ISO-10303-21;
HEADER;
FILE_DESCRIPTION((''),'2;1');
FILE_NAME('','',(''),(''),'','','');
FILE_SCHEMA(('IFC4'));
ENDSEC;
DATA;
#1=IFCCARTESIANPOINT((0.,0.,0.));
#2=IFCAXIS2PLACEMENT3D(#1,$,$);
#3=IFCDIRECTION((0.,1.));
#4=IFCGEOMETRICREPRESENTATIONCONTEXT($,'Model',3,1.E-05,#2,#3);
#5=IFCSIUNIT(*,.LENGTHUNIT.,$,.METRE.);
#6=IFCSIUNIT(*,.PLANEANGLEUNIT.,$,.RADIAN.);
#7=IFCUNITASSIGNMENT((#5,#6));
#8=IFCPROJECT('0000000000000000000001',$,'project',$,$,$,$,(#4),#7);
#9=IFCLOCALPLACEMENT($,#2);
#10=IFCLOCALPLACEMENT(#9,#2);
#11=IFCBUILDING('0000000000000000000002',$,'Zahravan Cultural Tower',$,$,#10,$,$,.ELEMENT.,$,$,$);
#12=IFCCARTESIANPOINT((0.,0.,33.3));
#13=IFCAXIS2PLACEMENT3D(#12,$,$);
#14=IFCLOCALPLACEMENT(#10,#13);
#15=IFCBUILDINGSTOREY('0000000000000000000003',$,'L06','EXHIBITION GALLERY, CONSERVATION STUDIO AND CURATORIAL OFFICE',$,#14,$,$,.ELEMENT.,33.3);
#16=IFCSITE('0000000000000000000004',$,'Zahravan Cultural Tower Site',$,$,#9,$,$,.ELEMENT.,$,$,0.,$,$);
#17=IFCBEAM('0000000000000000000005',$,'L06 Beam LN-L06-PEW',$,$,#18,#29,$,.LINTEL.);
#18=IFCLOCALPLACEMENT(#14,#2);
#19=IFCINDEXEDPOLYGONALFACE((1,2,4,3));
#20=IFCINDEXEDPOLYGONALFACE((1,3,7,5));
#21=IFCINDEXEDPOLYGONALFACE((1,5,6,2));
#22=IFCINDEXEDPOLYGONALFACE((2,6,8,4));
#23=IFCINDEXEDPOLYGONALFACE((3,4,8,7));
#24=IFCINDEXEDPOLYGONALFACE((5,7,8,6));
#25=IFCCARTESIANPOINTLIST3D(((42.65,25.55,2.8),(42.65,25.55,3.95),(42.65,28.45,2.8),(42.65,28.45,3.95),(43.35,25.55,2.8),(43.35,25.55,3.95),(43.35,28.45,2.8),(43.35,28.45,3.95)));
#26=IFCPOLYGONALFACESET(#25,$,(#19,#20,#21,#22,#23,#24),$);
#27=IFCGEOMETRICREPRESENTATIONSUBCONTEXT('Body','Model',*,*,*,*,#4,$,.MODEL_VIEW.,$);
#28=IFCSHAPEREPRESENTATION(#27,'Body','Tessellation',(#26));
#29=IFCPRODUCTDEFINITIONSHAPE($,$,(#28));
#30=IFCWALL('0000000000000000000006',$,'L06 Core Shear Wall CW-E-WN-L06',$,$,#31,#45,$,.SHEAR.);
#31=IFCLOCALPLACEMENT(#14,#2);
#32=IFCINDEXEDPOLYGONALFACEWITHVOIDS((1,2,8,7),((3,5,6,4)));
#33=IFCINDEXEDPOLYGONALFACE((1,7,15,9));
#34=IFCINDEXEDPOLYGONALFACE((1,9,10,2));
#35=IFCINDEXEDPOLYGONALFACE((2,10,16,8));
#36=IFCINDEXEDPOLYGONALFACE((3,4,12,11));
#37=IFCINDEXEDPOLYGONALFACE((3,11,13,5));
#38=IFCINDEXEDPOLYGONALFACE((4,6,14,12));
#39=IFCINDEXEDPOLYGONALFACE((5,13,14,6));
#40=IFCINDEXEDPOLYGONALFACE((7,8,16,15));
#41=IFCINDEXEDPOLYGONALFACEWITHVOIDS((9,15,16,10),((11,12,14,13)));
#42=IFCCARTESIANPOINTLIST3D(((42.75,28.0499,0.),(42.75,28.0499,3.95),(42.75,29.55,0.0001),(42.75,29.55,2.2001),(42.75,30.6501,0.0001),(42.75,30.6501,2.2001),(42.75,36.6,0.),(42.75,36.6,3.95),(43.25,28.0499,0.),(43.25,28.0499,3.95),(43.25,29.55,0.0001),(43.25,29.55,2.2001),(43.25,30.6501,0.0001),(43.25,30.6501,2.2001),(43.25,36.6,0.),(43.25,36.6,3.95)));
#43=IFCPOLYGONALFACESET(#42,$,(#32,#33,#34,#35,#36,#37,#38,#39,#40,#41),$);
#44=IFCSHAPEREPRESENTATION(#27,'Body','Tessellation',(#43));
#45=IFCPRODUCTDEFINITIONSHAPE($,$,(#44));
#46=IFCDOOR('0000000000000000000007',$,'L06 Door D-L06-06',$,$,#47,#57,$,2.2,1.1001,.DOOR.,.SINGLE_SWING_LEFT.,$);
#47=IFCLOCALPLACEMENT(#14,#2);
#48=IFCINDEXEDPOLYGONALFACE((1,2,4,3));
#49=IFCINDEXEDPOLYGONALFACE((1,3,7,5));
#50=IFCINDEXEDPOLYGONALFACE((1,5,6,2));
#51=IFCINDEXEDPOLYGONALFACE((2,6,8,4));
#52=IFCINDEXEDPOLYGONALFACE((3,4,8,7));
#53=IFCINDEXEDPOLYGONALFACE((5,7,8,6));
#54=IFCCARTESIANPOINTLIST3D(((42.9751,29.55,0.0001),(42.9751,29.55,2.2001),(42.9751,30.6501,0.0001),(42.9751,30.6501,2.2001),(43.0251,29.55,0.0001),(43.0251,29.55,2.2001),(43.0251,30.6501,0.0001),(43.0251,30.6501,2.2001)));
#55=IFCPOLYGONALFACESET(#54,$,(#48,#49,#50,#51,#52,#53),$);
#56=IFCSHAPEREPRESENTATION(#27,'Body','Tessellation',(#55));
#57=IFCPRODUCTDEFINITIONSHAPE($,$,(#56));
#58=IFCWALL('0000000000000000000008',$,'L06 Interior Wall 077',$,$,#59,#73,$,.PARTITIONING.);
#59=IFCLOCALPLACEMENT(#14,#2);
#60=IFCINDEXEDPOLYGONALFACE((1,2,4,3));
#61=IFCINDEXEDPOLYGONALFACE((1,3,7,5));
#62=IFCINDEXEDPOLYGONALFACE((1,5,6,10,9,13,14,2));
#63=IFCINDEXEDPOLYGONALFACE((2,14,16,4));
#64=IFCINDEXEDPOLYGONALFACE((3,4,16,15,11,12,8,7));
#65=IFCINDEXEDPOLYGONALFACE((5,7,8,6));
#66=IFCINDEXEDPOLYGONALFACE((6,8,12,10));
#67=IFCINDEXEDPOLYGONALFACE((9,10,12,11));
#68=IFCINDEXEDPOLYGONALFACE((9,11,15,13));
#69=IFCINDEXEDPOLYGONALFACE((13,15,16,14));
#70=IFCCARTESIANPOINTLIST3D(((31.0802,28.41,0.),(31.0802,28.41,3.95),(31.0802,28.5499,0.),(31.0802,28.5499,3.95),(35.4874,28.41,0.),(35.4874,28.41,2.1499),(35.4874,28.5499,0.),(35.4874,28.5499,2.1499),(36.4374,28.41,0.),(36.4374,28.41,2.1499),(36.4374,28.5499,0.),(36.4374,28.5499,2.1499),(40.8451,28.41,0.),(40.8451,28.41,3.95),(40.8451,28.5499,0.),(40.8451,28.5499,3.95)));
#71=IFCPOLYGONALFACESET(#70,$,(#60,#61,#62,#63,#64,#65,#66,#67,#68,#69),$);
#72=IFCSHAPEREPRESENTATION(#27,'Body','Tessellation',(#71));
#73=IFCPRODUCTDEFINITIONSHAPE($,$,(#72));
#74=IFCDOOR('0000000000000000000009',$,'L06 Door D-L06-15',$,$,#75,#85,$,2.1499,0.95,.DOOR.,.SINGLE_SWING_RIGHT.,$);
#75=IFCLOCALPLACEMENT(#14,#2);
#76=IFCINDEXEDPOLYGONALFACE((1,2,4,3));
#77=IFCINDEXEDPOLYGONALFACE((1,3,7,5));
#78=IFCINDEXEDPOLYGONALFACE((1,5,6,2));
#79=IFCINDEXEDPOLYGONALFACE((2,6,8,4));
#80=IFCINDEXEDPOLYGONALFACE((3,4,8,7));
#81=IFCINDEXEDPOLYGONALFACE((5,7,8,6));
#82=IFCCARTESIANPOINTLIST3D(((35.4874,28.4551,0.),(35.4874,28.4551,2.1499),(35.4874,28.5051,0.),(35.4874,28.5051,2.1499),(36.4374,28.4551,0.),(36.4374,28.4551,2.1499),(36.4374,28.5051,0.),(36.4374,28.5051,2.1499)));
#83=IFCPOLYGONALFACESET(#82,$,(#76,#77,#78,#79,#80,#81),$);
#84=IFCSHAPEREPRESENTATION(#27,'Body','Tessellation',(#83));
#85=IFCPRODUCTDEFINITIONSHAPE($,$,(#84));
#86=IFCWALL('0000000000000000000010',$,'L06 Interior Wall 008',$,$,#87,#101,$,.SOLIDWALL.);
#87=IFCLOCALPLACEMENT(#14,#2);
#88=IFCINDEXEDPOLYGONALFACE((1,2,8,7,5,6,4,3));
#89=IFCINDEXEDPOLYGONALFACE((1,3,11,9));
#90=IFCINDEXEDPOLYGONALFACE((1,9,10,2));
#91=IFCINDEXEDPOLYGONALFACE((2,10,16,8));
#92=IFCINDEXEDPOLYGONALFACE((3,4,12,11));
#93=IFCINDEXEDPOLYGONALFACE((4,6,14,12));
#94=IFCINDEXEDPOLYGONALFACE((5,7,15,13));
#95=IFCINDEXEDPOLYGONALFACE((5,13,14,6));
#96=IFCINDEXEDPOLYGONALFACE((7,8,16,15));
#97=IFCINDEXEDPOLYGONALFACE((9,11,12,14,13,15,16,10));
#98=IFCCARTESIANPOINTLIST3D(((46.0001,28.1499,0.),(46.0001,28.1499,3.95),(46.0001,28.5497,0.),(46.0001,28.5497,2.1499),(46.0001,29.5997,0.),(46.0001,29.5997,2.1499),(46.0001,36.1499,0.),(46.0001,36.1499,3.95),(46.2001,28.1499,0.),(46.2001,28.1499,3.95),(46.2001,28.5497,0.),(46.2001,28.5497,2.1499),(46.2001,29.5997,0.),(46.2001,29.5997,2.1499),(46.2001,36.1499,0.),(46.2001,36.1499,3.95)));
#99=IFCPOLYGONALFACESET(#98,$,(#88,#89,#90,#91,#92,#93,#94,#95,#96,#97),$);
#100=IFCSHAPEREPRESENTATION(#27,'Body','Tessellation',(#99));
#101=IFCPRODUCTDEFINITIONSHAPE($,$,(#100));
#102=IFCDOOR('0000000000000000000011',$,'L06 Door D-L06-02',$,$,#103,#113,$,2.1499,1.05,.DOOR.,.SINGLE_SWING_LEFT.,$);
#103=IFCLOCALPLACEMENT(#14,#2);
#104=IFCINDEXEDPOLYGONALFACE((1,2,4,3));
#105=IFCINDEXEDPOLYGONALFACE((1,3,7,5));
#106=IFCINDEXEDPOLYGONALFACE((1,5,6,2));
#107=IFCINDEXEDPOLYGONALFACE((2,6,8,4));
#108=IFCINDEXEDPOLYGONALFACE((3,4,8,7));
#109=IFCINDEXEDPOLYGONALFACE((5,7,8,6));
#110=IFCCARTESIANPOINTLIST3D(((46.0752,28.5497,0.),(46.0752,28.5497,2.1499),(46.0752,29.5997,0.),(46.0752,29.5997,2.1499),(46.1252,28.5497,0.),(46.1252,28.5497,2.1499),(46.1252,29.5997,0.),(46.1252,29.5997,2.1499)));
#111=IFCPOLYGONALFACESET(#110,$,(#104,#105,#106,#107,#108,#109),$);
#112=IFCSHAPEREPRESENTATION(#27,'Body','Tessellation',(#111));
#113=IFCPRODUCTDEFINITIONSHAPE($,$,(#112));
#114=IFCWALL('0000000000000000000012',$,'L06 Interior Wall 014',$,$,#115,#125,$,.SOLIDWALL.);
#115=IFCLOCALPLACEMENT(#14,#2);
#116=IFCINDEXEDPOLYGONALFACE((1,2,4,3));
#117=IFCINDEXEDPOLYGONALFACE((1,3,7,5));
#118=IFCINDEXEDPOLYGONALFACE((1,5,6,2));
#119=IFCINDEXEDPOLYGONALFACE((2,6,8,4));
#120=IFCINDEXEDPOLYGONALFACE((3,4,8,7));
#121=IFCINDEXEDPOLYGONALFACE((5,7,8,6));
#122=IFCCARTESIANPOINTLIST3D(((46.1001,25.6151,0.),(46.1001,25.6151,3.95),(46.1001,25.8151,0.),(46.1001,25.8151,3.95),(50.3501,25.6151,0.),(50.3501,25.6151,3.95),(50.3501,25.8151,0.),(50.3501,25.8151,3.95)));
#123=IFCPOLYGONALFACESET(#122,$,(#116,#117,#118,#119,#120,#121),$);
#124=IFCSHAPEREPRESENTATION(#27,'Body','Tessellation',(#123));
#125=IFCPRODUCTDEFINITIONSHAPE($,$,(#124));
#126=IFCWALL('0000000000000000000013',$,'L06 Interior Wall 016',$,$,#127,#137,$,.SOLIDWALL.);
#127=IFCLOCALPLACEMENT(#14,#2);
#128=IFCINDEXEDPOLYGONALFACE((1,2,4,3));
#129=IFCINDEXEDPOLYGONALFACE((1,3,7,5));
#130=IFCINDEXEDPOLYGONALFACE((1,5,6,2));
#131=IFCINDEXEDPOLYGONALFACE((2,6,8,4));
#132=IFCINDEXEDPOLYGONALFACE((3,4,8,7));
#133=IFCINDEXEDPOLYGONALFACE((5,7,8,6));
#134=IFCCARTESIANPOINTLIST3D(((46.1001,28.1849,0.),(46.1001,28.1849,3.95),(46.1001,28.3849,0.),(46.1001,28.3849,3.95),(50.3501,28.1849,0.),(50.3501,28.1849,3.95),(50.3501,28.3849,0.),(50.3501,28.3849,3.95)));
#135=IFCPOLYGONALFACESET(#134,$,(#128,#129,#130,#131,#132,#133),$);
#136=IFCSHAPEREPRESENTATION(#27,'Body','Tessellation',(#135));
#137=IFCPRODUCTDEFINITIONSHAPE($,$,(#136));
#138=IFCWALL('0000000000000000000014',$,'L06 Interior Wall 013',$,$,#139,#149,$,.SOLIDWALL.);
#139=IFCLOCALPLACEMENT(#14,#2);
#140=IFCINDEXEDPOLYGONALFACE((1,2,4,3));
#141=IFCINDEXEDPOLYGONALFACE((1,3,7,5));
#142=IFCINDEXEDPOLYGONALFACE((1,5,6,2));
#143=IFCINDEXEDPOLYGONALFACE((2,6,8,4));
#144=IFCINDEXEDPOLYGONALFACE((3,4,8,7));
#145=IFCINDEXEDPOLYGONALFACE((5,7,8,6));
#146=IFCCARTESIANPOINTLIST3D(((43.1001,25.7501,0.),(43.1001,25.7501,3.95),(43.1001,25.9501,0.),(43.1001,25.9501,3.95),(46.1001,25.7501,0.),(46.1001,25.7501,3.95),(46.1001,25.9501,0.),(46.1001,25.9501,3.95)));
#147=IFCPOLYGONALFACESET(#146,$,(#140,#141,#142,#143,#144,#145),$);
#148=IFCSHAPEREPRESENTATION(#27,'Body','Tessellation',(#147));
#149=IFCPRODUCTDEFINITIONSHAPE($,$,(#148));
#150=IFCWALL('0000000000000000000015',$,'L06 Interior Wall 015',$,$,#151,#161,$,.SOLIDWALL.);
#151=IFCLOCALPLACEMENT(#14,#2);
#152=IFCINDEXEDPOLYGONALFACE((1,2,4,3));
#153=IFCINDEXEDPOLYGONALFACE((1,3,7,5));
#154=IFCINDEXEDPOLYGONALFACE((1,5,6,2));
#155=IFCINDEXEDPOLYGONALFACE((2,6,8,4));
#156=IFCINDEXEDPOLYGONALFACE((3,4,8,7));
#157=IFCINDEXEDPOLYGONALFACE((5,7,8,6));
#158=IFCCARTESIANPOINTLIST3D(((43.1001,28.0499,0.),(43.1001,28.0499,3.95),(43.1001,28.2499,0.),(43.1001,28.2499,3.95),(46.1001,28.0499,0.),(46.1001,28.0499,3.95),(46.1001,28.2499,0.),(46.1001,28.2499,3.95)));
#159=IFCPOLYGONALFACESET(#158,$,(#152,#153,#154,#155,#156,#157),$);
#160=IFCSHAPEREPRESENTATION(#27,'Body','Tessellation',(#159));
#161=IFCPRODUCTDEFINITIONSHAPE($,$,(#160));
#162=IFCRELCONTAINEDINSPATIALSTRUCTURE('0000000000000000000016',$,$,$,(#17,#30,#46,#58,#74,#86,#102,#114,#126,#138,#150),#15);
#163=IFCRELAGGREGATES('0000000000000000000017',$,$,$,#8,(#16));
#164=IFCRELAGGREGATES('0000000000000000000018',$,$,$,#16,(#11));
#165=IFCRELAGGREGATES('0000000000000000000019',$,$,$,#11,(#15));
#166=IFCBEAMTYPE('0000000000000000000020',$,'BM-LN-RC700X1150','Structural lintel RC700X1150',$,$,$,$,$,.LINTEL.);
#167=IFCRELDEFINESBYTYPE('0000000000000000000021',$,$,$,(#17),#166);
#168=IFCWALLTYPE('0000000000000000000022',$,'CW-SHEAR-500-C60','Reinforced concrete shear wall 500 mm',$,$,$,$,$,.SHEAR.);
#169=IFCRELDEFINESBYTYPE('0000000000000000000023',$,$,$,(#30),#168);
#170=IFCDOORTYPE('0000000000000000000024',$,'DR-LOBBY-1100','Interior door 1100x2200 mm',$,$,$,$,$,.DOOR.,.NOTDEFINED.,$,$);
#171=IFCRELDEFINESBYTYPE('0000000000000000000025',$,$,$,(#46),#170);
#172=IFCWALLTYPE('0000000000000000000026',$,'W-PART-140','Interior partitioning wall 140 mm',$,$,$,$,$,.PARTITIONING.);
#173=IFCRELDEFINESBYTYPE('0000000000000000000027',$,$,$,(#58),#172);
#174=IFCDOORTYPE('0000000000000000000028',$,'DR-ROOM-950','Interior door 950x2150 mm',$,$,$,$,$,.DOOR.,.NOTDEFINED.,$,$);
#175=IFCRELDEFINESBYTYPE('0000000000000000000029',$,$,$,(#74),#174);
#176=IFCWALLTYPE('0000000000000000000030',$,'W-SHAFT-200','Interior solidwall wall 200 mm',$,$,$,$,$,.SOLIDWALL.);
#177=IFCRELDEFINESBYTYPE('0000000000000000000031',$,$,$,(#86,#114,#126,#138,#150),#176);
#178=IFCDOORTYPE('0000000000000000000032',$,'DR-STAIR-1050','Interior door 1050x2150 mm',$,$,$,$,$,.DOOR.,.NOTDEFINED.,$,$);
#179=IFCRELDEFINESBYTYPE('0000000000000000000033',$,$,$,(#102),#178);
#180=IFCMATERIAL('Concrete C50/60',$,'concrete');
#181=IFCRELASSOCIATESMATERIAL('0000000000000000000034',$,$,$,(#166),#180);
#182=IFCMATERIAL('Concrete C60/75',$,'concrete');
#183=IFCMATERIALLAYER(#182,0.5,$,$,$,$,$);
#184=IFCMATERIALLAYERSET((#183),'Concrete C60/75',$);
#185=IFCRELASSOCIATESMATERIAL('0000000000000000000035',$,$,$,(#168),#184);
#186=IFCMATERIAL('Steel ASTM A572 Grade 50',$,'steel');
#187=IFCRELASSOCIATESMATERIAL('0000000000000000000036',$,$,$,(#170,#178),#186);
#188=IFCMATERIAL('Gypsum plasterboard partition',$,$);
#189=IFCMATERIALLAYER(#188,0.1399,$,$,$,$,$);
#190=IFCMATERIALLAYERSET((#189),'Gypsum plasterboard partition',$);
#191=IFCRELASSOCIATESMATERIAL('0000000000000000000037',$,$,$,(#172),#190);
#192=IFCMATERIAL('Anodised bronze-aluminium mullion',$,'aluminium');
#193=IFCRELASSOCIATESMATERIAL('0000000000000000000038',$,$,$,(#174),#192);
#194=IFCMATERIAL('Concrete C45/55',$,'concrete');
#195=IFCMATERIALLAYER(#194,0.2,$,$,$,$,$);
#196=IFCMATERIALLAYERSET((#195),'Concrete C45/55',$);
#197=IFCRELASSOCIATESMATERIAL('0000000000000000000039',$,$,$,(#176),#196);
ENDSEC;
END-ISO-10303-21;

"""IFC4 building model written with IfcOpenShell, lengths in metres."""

from ifc_helpers import new_model, si_unit, direction, frame, frame_2d, origin, origin_2d, place, context, subcontext, project, spatial, rectangle, extrude, source, transform, mapped, material, layer, layer_set, material_profile, profile_set, type_object, element, fill, save


model = new_model("IFC4")

# Units and contexts
model_context = context("Model", 3, precision=1e-05, world=origin(), true_north=direction((0.0, 1.0)))
body_context = subcontext(model_context, "Body", "Model", "MODEL_VIEW")
ifc_project = project(units=[si_unit("LENGTHUNIT", "METRE"), si_unit("PLANEANGLEUNIT", "RADIAN")], contexts=[model_context])

# Site, building, storey
site_placement = place(None, origin())
site = spatial("IfcSite", under=ifc_project, at=site_placement, Name="Zahravan Cultural Tower Site", CompositionType="ELEMENT", RefElevation=0.0)
building_placement = place(site_placement, origin())
building = spatial("IfcBuilding", under=site, at=building_placement, Name="Zahravan Cultural Tower", CompositionType="ELEMENT")
storey_placement = place(building_placement, frame((0.0, 0.0, 33.3)))
storey = spatial("IfcBuildingStorey", under=building, at=storey_placement, Name="L06", Description="EXHIBITION GALLERY, CONSERVATION STUDIO AND CURATORIAL OFFICE", CompositionType="ELEMENT", Elevation=33.3)

# Beam
ifc_material_1 = material(Name="Concrete C50/60", Category="concrete")
ifc_material_profile = material_profile(ifc_material_1, rectangle(XDim=0.7, YDim=1.1499, at=origin_2d()), Name="RC700X1150")
ifc_profile_set = profile_set([ifc_material_profile], Name="Concrete C50/60")
beam_type = type_object("IfcBeamType", Name="BM-LN-RC700X1150", Description="Structural lintel RC700X1150", PredefinedType="LINTEL", material=ifc_profile_set)
shared_shape_1 = source(origin(), body_context, "Body", "SweptSolid", [
    extrude(rectangle(XDim=0.7, YDim=1.1499, at=origin_2d()), origin(), (0.0, 0.0, 1.0), 2.8999),
])
beam_placement = place(storey_placement, frame((43.0, 25.55, 3.375), z_axis=(0.0, 1.0, 0.0), x_axis=(-1.0, 0.0, 0.0)))
element("IfcBeam", 1, at=beam_placement, inside=storey, type_object=beam_type, Name="L06 Beam LN-L06-PEW", PredefinedType="LINTEL", context=body_context, shape_type="MappedRepresentation", body=[
    mapped(shared_shape_1, transform((0.0, 0.0, 0.0), x_axis=(1.0, 0.0, 0.0), y_axis=(0.0, 1.0, 0.0), z_axis=(0.0, 0.0, 1.0), scale=1.0)),
])

# Walls, openings, doors
ifc_material_2 = material(Name="Concrete C60/75", Category="concrete")
ifc_layer_1 = layer(ifc_material_2, 0.5)
ifc_layer_set_1 = layer_set([ifc_layer_1], Name="Concrete C60/75")
wall_type_1 = type_object("IfcWallType", Name="CW-SHEAR-500-C60", Description="Reinforced concrete shear wall 500 mm", PredefinedType="SHEAR", material=ifc_layer_set_1)
wall_1_placement = place(storey_placement, frame((43.0, 28.05, 0.0), z_axis=(0.0, 0.0, 1.0), x_axis=(0.0, 1.0, 0.0)))
wall_1 = element("IfcWall", 2, at=wall_1_placement, inside=storey, type_object=wall_type_1, Name="L06 Core Shear Wall CW-E-WN-L06", PredefinedType="SHEAR", context=body_context, shape_type="SweptSolid", body=[
    extrude(rectangle(XDim=8.55, YDim=0.5, at=frame_2d((4.2749, 0.0))), origin(), (0.0, 0.0, 1.0), 3.95),
])
opening_1_placement = place(wall_1_placement, frame((1.5, 0.0, 0.0)))
opening_1 = element("IfcOpeningElement", 3, at=opening_1_placement, cuts=wall_1, PredefinedType="OPENING", context=body_context, shape_type="SweptSolid", body=[
    extrude(rectangle(XDim=1.1001, YDim=2.2, at=frame_2d((0.55, 1.1001))), frame((0.0, 0.26, 0.0), z_axis=(0.0, -1.0, 0.0), x_axis=(1.0, 0.0, 0.0)), (0.0, 0.0, 1.0), 0.52),
])
ifc_material_3 = material(Name="Steel ASTM A572 Grade 50", Category="steel")
door_type_1 = type_object("IfcDoorType", Name="DR-LOBBY-1100", Description="Interior door 1100x2200 mm", OperationType="NOTDEFINED", PredefinedType="DOOR", material=ifc_material_3)
shared_shape_2 = source(origin(), body_context, "Body", "SweptSolid", [
    extrude(rectangle(XDim=1.1001, YDim=2.2, at=frame_2d((0.55, 1.1001))), frame((0.0, 0.0249, 0.0), z_axis=(0.0, -1.0, 0.0), x_axis=(1.0, 0.0, 0.0)), (0.0, 0.0, 1.0), 0.05),
])
door_1_placement = place(opening_1_placement, origin())
door_1 = element("IfcDoor", 4, at=door_1_placement, inside=storey, type_object=door_type_1, Name="L06 Door D-L06-06", OperationType="SINGLE_SWING_LEFT", OverallHeight=2.2, OverallWidth=1.1001, PredefinedType="DOOR", context=body_context, shape_type="MappedRepresentation", body=[
    mapped(shared_shape_2, transform((0.0, 0.0, 0.0), x_axis=(1.0, 0.0, 0.0), y_axis=(0.0, 1.0, 0.0), z_axis=(0.0, 0.0, 1.0), scale=1.0)),
])
fill(opening_1, door_1)
ifc_material_4 = material(Name="Gypsum plasterboard partition")
ifc_layer_2 = layer(ifc_material_4, 0.1399)
ifc_layer_set_2 = layer_set([ifc_layer_2], Name="Gypsum plasterboard partition")
wall_type_2 = type_object("IfcWallType", Name="W-PART-140", Description="Interior partitioning wall 140 mm", PredefinedType="PARTITIONING", material=ifc_layer_set_2)
wall_2_placement = place(storey_placement, frame((40.845, 28.48, 0.0), z_axis=(0.0, 0.0, 1.0), x_axis=(-1.0, 0.0, 0.0)))
wall_2 = element("IfcWall", 5, at=wall_2_placement, inside=storey, type_object=wall_type_2, Name="L06 Interior Wall 077", PredefinedType="PARTITIONING", context=body_context, shape_type="SweptSolid", body=[
    extrude(rectangle(XDim=9.7649, YDim=0.1399, at=frame_2d((4.8823, 0.0))), origin(), (0.0, 0.0, 1.0), 3.95),
])
opening_2_placement = place(wall_2_placement, frame((4.4075, 0.0, 0.0)))
opening_2 = element("IfcOpeningElement", 6, at=opening_2_placement, cuts=wall_2, PredefinedType="OPENING", context=body_context, shape_type="SweptSolid", body=[
    extrude(rectangle(XDim=0.95, YDim=2.1499, at=frame_2d((0.4751, 1.075))), frame((0.0, 0.0798, 0.0), z_axis=(0.0, -1.0, 0.0), x_axis=(1.0, 0.0, 0.0)), (0.0, 0.0, 1.0), 0.1599),
])
ifc_material_5 = material(Name="Anodised bronze-aluminium mullion", Category="aluminium")
door_type_2 = type_object("IfcDoorType", Name="DR-ROOM-950", Description="Interior door 950x2150 mm", OperationType="NOTDEFINED", PredefinedType="DOOR", material=ifc_material_5)
shared_shape_3 = source(origin(), body_context, "Body", "SweptSolid", [
    extrude(rectangle(XDim=0.95, YDim=2.1499, at=frame_2d((0.4751, 1.075))), frame((0.0, 0.0249, 0.0), z_axis=(0.0, -1.0, 0.0), x_axis=(1.0, 0.0, 0.0)), (0.0, 0.0, 1.0), 0.05),
])
door_2_placement = place(opening_2_placement, origin())
door_2 = element("IfcDoor", 7, at=door_2_placement, inside=storey, type_object=door_type_2, Name="L06 Door D-L06-15", OperationType="SINGLE_SWING_RIGHT", OverallHeight=2.1499, OverallWidth=0.95, PredefinedType="DOOR", context=body_context, shape_type="MappedRepresentation", body=[
    mapped(shared_shape_3, transform((0.0, 0.0, 0.0), x_axis=(1.0, 0.0, 0.0), y_axis=(0.0, 1.0, 0.0), z_axis=(0.0, 0.0, 1.0), scale=1.0)),
])
fill(opening_2, door_2)
ifc_material_6 = material(Name="Concrete C45/55", Category="concrete")
ifc_layer_3 = layer(ifc_material_6, 0.2)
ifc_layer_set_3 = layer_set([ifc_layer_3], Name="Concrete C45/55")
wall_type_3 = type_object("IfcWallType", Name="W-SHAFT-200", Description="Interior solidwall wall 200 mm", PredefinedType="SOLIDWALL", material=ifc_layer_set_3)
wall_3_placement = place(storey_placement, frame((46.1001, 28.1499, 0.0), z_axis=(0.0, 0.0, 1.0), x_axis=(0.0, 1.0, 0.0)))
wall_3 = element("IfcWall", 8, at=wall_3_placement, inside=storey, type_object=wall_type_3, Name="L06 Interior Wall 008", PredefinedType="SOLIDWALL", context=body_context, shape_type="SweptSolid", body=[
    extrude(rectangle(XDim=8.0, YDim=0.2, at=frame_2d((4.0, 0.0))), origin(), (0.0, 0.0, 1.0), 3.95),
])
opening_3_placement = place(wall_3_placement, frame((0.3999, 0.0, 0.0)))
opening_3 = element("IfcOpeningElement", 9, at=opening_3_placement, cuts=wall_3, PredefinedType="OPENING", context=body_context, shape_type="SweptSolid", body=[
    extrude(rectangle(XDim=1.05, YDim=2.1499, at=frame_2d((0.5249, 1.075))), frame((0.0, 0.1099, 0.0), z_axis=(0.0, -1.0, 0.0), x_axis=(1.0, 0.0, 0.0)), (0.0, 0.0, 1.0), 0.22),
])
door_type_3 = type_object("IfcDoorType", Name="DR-STAIR-1050", Description="Interior door 1050x2150 mm", OperationType="NOTDEFINED", PredefinedType="DOOR", material=ifc_material_3)
shared_shape_4 = source(origin(), body_context, "Body", "SweptSolid", [
    extrude(rectangle(XDim=1.05, YDim=2.1499, at=frame_2d((0.5249, 1.075))), frame((0.0, 0.0249, 0.0), z_axis=(0.0, -1.0, 0.0), x_axis=(1.0, 0.0, 0.0)), (0.0, 0.0, 1.0), 0.05),
])
door_3_placement = place(opening_3_placement, origin())
door_3 = element("IfcDoor", 10, at=door_3_placement, inside=storey, type_object=door_type_3, Name="L06 Door D-L06-02", OperationType="SINGLE_SWING_LEFT", OverallHeight=2.1499, OverallWidth=1.05, PredefinedType="DOOR", context=body_context, shape_type="MappedRepresentation", body=[
    mapped(shared_shape_4, transform((0.0, 0.0, 0.0), x_axis=(1.0, 0.0, 0.0), y_axis=(0.0, 1.0, 0.0), z_axis=(0.0, 0.0, 1.0), scale=1.0)),
])
fill(opening_3, door_3)

# Walls
shared_shape_5 = source(origin(), body_context, "Body", "SweptSolid", [
    extrude(rectangle(XDim=4.25, YDim=0.2, at=frame_2d((2.125, 0.0))), origin(), (0.0, 0.0, 1.0), 3.95),
])
for number, where, z_axis, x_axis, name in (
    (11, (46.1001, 25.7151, 0.0), (0.0, 0.0, 1.0), (1.0, 0.0, 0.0), "L06 Interior Wall 014"),
    (12, (46.1001, 28.2849, 0.0), (0.0, 0.0, 1.0), (1.0, 0.0, 0.0), "L06 Interior Wall 016"),
):
    element("IfcWall", number, at=place(storey_placement, frame(where, z_axis=z_axis, x_axis=x_axis)), inside=storey, type_object=wall_type_3, Name=name, PredefinedType="SOLIDWALL", context=body_context, shape_type="MappedRepresentation", body=[
        mapped(shared_shape_5, transform((0.0, 0.0, 0.0), x_axis=(1.0, 0.0, 0.0), y_axis=(0.0, 1.0, 0.0), z_axis=(0.0, 0.0, 1.0), scale=1.0)),
    ])
shared_shape_6 = source(origin(), body_context, "Body", "SweptSolid", [
    extrude(rectangle(XDim=3.0, YDim=0.2, at=frame_2d((1.5, 0.0))), origin(), (0.0, 0.0, 1.0), 3.95),
])
for number, where, z_axis, x_axis, name in (
    (13, (43.1001, 25.8501, 0.0), (0.0, 0.0, 1.0), (1.0, 0.0, 0.0), "L06 Interior Wall 013"),
    (14, (43.1001, 28.1499, 0.0), (0.0, 0.0, 1.0), (1.0, 0.0, 0.0), "L06 Interior Wall 015"),
):
    element("IfcWall", number, at=place(storey_placement, frame(where, z_axis=z_axis, x_axis=x_axis)), inside=storey, type_object=wall_type_3, Name=name, PredefinedType="SOLIDWALL", context=body_context, shape_type="MappedRepresentation", body=[
        mapped(shared_shape_6, transform((0.0, 0.0, 0.0), x_axis=(1.0, 0.0, 0.0), y_axis=(0.0, 1.0, 0.0), z_axis=(0.0, 0.0, 1.0), scale=1.0)),
    ])

save(model, "model.ifc")
